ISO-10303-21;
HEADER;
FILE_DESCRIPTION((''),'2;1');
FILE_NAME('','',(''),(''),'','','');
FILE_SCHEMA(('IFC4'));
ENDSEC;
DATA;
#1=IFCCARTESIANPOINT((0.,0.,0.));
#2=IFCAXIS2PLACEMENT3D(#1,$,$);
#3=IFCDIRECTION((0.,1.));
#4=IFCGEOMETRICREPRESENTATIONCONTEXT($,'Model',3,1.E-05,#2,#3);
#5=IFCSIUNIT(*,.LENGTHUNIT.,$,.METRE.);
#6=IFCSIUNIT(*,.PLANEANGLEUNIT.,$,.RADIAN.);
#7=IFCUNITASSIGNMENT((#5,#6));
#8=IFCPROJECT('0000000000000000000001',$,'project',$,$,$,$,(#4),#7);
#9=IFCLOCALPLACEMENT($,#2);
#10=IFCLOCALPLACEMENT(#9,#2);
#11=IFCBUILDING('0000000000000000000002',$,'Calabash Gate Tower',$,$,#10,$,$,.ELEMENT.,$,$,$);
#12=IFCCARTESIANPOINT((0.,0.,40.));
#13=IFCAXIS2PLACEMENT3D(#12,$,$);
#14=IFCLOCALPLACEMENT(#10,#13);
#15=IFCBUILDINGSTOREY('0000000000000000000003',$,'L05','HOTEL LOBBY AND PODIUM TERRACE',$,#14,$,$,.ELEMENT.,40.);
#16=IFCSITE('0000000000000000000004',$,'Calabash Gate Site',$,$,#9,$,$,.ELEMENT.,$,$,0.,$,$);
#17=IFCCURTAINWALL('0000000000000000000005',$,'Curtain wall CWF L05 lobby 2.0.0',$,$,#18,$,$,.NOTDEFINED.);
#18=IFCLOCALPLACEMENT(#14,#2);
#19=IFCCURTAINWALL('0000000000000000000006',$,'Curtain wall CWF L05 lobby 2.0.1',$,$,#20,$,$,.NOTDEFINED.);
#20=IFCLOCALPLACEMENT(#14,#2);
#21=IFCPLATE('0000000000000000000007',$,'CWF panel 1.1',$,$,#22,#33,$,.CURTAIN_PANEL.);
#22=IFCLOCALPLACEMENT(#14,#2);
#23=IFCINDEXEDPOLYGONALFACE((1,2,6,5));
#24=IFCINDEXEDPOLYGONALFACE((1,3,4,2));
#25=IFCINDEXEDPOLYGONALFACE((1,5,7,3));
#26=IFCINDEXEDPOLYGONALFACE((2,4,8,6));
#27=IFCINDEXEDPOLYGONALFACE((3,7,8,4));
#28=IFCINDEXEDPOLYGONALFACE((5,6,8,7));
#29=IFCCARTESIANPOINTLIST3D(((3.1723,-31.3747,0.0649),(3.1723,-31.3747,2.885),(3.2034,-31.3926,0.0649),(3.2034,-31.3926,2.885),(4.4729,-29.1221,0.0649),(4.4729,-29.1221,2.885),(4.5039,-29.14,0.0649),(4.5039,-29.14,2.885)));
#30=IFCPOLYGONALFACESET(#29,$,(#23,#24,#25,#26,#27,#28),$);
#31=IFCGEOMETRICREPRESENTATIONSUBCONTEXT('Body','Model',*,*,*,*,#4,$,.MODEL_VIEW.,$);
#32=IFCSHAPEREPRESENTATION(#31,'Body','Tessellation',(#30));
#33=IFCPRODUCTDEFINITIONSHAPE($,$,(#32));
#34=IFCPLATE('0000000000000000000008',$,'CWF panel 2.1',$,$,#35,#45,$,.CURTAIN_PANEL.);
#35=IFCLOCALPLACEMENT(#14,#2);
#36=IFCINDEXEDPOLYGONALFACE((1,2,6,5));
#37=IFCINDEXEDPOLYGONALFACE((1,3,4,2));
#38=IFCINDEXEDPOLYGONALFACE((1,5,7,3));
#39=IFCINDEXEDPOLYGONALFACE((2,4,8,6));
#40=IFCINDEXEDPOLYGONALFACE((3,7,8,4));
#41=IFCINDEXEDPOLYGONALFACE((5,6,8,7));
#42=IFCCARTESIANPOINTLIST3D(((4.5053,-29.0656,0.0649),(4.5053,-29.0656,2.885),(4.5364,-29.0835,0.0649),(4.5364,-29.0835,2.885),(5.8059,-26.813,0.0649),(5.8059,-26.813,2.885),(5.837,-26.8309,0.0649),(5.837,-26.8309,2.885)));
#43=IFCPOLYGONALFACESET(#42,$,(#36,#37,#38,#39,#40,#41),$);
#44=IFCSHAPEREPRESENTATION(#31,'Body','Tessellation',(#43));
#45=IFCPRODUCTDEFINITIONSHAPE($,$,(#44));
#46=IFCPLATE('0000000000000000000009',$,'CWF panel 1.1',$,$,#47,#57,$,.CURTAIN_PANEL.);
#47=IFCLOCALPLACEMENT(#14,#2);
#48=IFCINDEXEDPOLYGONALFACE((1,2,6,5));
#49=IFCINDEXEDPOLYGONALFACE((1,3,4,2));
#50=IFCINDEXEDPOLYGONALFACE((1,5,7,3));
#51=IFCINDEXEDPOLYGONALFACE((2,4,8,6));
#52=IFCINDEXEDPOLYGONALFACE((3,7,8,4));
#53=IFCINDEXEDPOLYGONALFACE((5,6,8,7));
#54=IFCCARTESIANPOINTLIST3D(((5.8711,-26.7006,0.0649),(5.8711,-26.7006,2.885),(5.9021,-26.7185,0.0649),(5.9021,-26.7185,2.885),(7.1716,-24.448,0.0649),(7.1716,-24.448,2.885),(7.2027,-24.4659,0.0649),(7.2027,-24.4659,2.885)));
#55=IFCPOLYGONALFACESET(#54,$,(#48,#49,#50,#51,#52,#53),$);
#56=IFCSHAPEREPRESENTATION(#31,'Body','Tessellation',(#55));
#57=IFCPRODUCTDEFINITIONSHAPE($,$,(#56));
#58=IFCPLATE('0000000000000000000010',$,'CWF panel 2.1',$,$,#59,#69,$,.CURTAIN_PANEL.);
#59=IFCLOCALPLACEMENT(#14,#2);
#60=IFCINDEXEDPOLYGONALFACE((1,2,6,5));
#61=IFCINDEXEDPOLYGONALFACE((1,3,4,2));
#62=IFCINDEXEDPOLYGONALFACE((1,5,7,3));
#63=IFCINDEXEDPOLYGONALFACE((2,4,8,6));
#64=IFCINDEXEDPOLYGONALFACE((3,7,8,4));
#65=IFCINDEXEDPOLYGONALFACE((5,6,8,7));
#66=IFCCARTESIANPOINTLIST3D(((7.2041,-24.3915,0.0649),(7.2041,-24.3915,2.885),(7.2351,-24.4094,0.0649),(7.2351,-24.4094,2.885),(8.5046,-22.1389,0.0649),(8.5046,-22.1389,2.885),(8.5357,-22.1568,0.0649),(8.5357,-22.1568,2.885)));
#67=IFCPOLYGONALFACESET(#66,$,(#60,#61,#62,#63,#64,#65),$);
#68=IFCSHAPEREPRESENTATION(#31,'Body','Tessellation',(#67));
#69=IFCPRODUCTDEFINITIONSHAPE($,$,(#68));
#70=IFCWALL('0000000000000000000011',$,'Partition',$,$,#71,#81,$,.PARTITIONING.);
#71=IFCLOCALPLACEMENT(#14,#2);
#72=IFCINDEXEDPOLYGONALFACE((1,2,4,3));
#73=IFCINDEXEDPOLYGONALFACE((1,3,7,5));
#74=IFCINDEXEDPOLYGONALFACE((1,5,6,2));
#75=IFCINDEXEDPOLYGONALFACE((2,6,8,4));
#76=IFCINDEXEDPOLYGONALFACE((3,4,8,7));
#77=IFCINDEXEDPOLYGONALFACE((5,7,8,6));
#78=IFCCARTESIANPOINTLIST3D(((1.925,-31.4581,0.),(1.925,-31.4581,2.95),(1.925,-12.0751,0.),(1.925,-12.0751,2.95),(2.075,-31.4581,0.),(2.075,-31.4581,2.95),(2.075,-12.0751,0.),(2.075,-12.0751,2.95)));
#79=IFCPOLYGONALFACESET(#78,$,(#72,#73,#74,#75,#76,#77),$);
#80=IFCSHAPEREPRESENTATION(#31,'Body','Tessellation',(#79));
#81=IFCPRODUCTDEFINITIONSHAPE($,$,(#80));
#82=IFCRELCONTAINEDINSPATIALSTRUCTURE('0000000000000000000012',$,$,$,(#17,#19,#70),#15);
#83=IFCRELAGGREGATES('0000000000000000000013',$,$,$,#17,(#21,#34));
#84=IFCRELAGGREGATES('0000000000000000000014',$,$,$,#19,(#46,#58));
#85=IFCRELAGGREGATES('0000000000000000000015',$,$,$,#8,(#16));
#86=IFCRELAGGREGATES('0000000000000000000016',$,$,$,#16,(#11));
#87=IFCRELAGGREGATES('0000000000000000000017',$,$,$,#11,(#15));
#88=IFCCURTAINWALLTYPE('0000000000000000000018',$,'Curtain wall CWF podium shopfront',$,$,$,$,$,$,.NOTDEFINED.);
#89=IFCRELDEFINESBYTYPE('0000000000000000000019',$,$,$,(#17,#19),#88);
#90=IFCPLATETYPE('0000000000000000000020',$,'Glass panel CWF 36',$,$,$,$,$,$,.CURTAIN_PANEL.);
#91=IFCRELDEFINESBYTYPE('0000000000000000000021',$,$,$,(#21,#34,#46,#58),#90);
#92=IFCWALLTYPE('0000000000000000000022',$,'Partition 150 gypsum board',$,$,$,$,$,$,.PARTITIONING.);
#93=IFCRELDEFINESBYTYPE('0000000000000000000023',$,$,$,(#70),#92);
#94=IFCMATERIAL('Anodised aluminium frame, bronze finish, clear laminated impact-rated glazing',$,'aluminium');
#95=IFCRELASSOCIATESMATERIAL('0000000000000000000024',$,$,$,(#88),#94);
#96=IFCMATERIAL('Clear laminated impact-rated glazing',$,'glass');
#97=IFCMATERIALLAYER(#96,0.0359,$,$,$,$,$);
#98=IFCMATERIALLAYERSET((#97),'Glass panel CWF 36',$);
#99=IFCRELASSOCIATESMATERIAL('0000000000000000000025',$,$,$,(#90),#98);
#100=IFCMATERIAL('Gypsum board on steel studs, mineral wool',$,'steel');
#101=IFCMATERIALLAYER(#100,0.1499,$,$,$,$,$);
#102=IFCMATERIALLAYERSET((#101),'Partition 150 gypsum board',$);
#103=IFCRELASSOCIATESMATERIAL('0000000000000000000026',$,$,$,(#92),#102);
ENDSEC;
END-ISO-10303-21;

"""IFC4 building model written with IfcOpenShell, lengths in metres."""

from ifc_helpers import new_model, si_unit, direction, frame, frame_2d, origin, origin_2d, place, context, subcontext, project, spatial, rectangle, extrude, material, layer, layer_set, type_object, element, aggregate, save


model = new_model("IFC4")

# Units and contexts
model_context = context("Model", 3, precision=1e-05, world=origin(), true_north=direction((0.0, 1.0)))
body_context = subcontext(model_context, "Body", "Model", "MODEL_VIEW")
ifc_project = project(units=[si_unit("LENGTHUNIT", "METRE"), si_unit("PLANEANGLEUNIT", "RADIAN")], contexts=[model_context])

# Site, building, storey
site_placement = place(None, origin())
site = spatial("IfcSite", under=ifc_project, at=site_placement, Name="Calabash Gate Site", CompositionType="ELEMENT", RefElevation=0.0)
building_placement = place(site_placement, origin())
building = spatial("IfcBuilding", under=site, at=building_placement, Name="Calabash Gate Tower", CompositionType="ELEMENT")
storey_placement = place(building_placement, frame((0.0, 0.0, 40.0)))
storey = spatial("IfcBuildingStorey", under=building, at=storey_placement, Name="L05", Description="HOTEL LOBBY AND PODIUM TERRACE", CompositionType="ELEMENT", Elevation=40.0)

# Curtain walls
ifc_material_1 = material(Name="Anodised aluminium frame, bronze finish, clear laminated impact-rated glazing", Category="aluminium")
curtain_wall_type = type_object("IfcCurtainWallType", Name="Curtain wall CWF podium shopfront", PredefinedType="NOTDEFINED", material=ifc_material_1)
curtain_wall_1_placement = place(storey_placement, origin())
curtain_wall_1 = element("IfcCurtainWall", 1, at=curtain_wall_1_placement, inside=storey, type_object=curtain_wall_type, Name="Curtain wall CWF L05 lobby 2.0.0", PredefinedType="NOTDEFINED")
curtain_wall_2_placement = place(storey_placement, origin())
curtain_wall_2 = element("IfcCurtainWall", 2, at=curtain_wall_2_placement, inside=storey, type_object=curtain_wall_type, Name="Curtain wall CWF L05 lobby 2.0.1", PredefinedType="NOTDEFINED")

# Plates
ifc_material_2 = material(Name="Clear laminated impact-rated glazing", Category="glass")
ifc_layer_1 = layer(ifc_material_2, 0.0359)
ifc_layer_set_1 = layer_set([ifc_layer_1], Name="Glass panel CWF 36")
plate_type = type_object("IfcPlateType", Name="Glass panel CWF 36", PredefinedType="CURTAIN_PANEL", material=ifc_layer_set_1)
plate_1_placement = place(storey_placement, frame((3.8381, -30.2573, 0.0649), z_axis=(0.0, 0.0, 1.0), x_axis=(0.5, 0.866025, 0.0)))
plate_1 = element("IfcPlate", 3, at=plate_1_placement, type_object=plate_type, Name="CWF panel 1.1", PredefinedType="CURTAIN_PANEL", context=body_context, shape_type="SweptSolid", body=[
    extrude(rectangle(XDim=2.6011, YDim=0.0359, at=origin_2d()), origin(), (0.0, 0.0, 1.0), 2.8201),
])
plate_2_placement = place(storey_placement, frame((5.1711, -27.9482, 0.0649), z_axis=(0.0, 0.0, 1.0), x_axis=(0.5, 0.866025, 0.0)))
plate_2 = element("IfcPlate", 4, at=plate_2_placement, type_object=plate_type, Name="CWF panel 2.1", PredefinedType="CURTAIN_PANEL", context=body_context, shape_type="SweptSolid", body=[
    extrude(rectangle(XDim=2.6011, YDim=0.0359, at=origin_2d()), origin(), (0.0, 0.0, 1.0), 2.8201),
])
aggregate(curtain_wall_1, [plate_1, plate_2])
plate_3_placement = place(storey_placement, frame((6.5369, -25.5833, 0.0649), z_axis=(0.0, 0.0, 1.0), x_axis=(0.5, 0.866025, 0.0)))
plate_3 = element("IfcPlate", 5, at=plate_3_placement, type_object=plate_type, Name="CWF panel 1.1", PredefinedType="CURTAIN_PANEL", context=body_context, shape_type="SweptSolid", body=[
    extrude(rectangle(XDim=2.6011, YDim=0.0359, at=origin_2d()), origin(), (0.0, 0.0, 1.0), 2.8201),
])
plate_4_placement = place(storey_placement, frame((7.8699, -23.2742, 0.0649), z_axis=(0.0, 0.0, 1.0), x_axis=(0.5, 0.866025, 0.0)))
plate_4 = element("IfcPlate", 6, at=plate_4_placement, type_object=plate_type, Name="CWF panel 2.1", PredefinedType="CURTAIN_PANEL", context=body_context, shape_type="SweptSolid", body=[
    extrude(rectangle(XDim=2.6011, YDim=0.0359, at=origin_2d()), origin(), (0.0, 0.0, 1.0), 2.8201),
])
aggregate(curtain_wall_2, [plate_3, plate_4])

# Wall
ifc_material_3 = material(Name="Gypsum board on steel studs, mineral wool", Category="steel")
ifc_layer_2 = layer(ifc_material_3, 0.1499)
ifc_layer_set_2 = layer_set([ifc_layer_2], Name="Partition 150 gypsum board")
wall_type = type_object("IfcWallType", Name="Partition 150 gypsum board", PredefinedType="PARTITIONING", material=ifc_layer_set_2)
wall_placement = place(storey_placement, frame((2.0, -31.458, 0.0), z_axis=(0.0, 0.0, 1.0), x_axis=(0.0, 1.0, 0.0)))
element("IfcWall", 7, at=wall_placement, inside=storey, type_object=wall_type, Name="Partition", PredefinedType="PARTITIONING", context=body_context, shape_type="SweptSolid", body=[
    extrude(rectangle(XDim=19.3831, YDim=0.1499, at=frame_2d((9.6914, 0.0))), origin(), (0.0, 0.0, 1.0), 2.95),
])

save(model, "model.ifc")
